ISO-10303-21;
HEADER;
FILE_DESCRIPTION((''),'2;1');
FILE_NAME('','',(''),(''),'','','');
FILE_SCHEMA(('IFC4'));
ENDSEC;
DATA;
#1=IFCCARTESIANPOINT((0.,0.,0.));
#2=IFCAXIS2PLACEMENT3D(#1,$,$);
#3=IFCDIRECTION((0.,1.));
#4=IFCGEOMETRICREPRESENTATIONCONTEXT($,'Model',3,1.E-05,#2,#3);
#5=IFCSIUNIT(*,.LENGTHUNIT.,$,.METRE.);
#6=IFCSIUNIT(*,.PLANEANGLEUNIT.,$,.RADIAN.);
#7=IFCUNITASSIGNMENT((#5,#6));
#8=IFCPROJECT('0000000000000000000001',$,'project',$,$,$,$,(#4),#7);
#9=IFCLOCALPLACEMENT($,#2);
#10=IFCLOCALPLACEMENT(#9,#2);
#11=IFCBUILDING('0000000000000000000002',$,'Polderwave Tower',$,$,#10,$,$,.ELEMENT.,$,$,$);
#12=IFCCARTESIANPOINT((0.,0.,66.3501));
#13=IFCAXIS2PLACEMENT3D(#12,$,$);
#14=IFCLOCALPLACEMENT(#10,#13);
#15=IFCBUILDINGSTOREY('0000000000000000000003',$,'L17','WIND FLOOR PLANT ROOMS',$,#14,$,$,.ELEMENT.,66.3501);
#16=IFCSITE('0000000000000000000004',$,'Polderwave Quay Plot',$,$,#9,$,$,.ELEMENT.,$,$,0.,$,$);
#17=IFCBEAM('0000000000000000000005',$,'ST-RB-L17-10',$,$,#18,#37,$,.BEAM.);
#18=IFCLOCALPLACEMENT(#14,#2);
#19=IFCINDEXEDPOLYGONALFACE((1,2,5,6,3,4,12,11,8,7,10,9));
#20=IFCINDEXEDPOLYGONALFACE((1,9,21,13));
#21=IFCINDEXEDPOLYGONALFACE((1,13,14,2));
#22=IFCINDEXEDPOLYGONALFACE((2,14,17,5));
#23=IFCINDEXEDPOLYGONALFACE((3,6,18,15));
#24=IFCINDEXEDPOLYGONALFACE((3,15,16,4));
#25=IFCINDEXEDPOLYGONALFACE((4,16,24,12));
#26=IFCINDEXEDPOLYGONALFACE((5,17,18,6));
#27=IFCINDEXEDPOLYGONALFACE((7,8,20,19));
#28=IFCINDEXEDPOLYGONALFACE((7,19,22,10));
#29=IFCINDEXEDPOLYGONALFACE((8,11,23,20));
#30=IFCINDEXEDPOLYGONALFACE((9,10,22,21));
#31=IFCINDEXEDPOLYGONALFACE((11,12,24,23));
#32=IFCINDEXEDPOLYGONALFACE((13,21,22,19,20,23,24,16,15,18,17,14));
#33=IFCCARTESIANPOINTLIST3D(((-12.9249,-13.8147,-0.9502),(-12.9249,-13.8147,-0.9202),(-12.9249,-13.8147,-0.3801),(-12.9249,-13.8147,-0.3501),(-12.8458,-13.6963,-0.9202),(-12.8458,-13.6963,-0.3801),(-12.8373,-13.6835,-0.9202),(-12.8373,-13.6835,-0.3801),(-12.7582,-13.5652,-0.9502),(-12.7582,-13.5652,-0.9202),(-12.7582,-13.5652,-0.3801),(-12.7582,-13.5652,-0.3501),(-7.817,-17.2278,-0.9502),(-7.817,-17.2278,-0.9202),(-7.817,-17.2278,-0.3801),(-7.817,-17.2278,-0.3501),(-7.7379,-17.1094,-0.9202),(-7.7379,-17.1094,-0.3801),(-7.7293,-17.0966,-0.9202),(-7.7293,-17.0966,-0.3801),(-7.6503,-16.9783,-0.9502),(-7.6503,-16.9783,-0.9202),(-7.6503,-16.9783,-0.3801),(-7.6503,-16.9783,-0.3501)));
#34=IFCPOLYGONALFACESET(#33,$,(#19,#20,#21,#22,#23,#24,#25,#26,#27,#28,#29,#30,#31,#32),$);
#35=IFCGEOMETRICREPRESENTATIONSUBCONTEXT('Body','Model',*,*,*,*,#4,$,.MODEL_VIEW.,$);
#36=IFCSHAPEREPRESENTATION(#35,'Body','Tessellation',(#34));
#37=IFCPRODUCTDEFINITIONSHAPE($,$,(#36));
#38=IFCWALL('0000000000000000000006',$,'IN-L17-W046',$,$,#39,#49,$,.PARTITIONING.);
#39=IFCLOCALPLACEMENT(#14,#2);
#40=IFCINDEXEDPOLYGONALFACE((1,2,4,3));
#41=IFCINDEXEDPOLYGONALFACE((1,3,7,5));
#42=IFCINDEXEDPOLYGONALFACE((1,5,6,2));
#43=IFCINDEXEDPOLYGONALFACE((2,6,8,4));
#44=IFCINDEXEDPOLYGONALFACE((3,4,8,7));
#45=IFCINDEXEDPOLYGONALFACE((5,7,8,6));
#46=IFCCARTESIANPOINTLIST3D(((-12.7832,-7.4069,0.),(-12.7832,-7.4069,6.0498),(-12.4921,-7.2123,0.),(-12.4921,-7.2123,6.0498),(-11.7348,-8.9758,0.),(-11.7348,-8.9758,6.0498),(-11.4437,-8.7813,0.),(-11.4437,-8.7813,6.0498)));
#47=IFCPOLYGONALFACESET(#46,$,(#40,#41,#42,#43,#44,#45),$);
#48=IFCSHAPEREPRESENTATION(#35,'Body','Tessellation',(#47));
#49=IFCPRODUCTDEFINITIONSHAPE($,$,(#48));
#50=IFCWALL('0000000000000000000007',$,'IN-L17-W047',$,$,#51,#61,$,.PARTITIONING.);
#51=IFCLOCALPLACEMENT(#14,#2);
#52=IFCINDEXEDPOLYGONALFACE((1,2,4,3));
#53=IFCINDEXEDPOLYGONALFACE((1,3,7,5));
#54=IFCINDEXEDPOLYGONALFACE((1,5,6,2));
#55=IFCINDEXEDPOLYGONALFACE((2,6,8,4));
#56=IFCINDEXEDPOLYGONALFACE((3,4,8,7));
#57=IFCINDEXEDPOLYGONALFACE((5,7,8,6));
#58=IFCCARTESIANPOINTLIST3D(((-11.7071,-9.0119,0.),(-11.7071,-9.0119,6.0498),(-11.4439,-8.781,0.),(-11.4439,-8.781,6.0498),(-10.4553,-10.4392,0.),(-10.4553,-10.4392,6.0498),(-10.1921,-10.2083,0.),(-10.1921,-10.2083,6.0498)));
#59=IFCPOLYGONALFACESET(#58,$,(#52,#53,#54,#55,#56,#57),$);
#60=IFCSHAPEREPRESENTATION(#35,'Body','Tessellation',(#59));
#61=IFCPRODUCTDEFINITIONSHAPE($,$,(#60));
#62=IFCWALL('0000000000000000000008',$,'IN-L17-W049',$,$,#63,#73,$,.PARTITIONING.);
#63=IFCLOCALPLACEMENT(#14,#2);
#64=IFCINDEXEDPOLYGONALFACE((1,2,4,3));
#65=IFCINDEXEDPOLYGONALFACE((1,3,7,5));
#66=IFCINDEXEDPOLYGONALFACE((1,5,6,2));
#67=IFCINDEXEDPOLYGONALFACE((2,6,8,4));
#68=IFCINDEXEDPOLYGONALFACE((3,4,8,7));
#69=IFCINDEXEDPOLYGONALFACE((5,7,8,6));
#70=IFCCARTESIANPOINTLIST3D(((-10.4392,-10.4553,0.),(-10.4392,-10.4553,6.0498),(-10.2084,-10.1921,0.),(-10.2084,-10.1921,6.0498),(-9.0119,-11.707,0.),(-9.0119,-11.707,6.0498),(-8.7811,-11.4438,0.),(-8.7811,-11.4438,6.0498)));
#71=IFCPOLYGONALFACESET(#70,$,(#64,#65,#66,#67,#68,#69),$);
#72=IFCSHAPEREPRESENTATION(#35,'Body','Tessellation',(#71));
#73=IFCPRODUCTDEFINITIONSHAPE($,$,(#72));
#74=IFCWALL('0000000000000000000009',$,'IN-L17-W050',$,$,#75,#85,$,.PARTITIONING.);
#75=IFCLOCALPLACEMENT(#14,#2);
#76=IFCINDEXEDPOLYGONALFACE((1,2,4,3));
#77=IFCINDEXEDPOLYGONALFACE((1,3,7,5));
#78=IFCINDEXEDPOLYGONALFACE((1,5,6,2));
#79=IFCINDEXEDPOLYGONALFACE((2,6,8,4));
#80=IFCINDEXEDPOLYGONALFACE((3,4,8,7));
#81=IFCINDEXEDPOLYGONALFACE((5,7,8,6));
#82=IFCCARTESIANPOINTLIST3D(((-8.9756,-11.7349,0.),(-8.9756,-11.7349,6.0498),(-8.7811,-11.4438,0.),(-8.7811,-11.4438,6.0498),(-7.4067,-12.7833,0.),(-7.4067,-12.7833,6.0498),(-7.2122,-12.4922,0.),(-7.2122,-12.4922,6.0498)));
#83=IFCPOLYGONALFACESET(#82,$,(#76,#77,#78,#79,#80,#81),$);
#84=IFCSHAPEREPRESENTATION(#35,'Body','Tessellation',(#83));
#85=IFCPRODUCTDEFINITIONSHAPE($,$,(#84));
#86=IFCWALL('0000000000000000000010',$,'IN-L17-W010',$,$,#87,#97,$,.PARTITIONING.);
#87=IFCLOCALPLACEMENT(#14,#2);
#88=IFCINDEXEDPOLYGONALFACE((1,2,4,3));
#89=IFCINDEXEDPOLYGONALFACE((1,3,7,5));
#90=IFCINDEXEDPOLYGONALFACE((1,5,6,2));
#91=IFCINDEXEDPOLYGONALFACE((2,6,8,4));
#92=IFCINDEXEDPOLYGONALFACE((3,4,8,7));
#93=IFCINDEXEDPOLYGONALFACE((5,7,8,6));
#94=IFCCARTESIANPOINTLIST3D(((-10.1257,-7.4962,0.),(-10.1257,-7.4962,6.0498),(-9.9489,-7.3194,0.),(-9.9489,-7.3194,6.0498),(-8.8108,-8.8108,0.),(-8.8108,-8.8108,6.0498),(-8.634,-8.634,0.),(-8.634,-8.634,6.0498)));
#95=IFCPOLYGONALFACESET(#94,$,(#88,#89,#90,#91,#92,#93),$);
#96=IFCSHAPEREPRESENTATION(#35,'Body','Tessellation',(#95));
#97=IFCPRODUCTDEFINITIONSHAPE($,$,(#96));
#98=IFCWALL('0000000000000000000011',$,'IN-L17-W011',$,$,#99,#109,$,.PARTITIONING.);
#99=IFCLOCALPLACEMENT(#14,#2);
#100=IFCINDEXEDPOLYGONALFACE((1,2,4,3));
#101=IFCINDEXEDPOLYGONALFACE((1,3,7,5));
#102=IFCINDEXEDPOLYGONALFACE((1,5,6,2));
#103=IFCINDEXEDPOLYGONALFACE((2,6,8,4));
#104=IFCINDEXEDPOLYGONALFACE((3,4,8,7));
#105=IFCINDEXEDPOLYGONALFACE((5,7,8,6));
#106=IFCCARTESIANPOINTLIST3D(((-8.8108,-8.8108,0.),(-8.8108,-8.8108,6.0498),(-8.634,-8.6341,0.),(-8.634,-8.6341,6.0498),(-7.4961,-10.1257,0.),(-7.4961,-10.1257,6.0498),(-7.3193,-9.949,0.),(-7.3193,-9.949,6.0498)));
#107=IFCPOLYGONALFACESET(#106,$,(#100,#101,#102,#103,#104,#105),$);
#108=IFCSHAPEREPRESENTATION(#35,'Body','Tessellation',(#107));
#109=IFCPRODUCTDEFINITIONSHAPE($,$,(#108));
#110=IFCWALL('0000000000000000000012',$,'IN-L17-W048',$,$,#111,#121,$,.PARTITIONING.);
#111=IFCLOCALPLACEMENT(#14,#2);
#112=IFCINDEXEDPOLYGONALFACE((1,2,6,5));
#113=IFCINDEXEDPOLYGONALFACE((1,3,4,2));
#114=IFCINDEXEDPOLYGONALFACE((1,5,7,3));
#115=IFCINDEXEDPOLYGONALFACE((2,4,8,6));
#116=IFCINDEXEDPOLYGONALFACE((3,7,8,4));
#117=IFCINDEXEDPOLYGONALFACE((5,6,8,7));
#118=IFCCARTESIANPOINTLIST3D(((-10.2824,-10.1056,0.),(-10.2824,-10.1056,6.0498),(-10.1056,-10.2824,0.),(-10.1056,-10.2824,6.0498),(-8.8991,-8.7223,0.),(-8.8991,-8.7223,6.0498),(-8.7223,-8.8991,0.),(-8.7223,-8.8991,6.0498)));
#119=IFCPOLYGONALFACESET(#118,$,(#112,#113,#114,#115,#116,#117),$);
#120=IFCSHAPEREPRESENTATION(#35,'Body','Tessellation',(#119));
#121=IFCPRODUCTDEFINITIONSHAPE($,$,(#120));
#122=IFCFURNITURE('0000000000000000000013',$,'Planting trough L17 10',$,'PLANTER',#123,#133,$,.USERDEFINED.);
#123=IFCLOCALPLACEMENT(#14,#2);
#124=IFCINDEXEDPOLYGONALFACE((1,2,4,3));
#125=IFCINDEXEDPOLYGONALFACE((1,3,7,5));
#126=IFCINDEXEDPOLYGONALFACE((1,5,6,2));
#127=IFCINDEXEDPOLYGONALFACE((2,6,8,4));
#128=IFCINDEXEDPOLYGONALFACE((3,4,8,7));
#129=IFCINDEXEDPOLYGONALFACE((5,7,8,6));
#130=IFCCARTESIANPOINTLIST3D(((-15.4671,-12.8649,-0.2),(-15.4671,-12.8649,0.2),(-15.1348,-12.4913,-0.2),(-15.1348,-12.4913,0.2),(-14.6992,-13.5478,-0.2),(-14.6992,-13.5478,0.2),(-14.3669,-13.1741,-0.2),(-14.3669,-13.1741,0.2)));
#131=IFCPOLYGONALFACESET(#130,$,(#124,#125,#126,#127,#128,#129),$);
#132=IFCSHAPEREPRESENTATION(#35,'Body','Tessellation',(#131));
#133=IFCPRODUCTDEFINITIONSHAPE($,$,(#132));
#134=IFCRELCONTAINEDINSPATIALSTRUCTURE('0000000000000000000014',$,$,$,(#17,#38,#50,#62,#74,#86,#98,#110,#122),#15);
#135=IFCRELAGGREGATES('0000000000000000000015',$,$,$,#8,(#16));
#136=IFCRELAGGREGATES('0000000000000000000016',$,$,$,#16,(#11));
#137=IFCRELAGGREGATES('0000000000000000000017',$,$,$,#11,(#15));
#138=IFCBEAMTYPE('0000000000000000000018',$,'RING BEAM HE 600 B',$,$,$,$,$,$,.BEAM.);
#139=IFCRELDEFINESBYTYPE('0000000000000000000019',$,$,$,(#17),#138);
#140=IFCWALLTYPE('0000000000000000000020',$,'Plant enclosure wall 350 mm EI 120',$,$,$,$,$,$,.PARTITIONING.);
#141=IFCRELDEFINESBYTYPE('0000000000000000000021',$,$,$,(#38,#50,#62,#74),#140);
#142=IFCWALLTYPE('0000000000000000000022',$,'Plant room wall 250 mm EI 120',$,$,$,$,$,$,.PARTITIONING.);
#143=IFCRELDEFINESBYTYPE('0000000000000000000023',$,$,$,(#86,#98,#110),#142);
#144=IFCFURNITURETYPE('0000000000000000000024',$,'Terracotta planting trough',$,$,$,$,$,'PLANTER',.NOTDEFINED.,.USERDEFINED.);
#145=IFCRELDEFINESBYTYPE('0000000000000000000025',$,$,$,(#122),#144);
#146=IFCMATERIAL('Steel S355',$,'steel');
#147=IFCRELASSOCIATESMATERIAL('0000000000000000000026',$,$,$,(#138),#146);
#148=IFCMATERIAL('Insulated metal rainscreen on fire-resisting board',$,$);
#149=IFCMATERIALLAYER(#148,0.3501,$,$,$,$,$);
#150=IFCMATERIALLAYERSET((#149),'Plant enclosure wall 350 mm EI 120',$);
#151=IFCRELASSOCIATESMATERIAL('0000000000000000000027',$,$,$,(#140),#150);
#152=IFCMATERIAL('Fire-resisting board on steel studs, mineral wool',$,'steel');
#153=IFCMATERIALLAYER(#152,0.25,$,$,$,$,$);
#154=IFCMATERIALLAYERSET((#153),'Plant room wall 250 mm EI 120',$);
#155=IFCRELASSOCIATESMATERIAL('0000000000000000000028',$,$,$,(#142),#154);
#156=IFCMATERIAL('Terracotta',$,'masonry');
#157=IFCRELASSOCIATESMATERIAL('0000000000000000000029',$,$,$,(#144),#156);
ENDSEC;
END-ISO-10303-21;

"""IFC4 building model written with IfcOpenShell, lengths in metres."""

from ifc_helpers import new_model, si_unit, direction, frame, frame_2d, origin, origin_2d, place, context, subcontext, project, spatial, rectangle, i_section, extrude, material, layer, layer_set, material_profile, profile_set, type_object, element, save


model = new_model("IFC4")

# Units and contexts
model_context = context("Model", 3, precision=1e-05, world=origin(), true_north=direction((0.0, 1.0)))
body_context = subcontext(model_context, "Body", "Model", "MODEL_VIEW")
ifc_project = project(units=[si_unit("LENGTHUNIT", "METRE"), si_unit("PLANEANGLEUNIT", "RADIAN")], contexts=[model_context])

# Site, building, storey
site_placement = place(None, origin())
site = spatial("IfcSite", under=ifc_project, at=site_placement, Name="Polderwave Quay Plot", CompositionType="ELEMENT", RefElevation=0.0)
building_placement = place(site_placement, origin())
building = spatial("IfcBuilding", under=site, at=building_placement, Name="Polderwave Tower", CompositionType="ELEMENT")
storey_placement = place(building_placement, frame((0.0, 0.0, 66.3501)))
storey = spatial("IfcBuildingStorey", under=building, at=storey_placement, Name="L17", Description="WIND FLOOR PLANT ROOMS", CompositionType="ELEMENT", Elevation=66.3501)

# Beam
ifc_material_1 = material(Name="Steel S355", Category="steel")
ifc_material_profile_1 = material_profile(ifc_material_1, i_section(OverallWidth=0.3, OverallDepth=0.6001, WebThickness=0.0154, FlangeThickness=0.03, at=origin_2d()), Name="HE 600 B")
ifc_profile_set_1 = profile_set([ifc_material_profile_1], Name="Steel S355")
beam_type = type_object("IfcBeamType", Name="RING BEAM HE 600 B", PredefinedType="BEAM", material=ifc_profile_set_1)
beam_placement = place(storey_placement, frame((-12.8416, -13.6899, -0.6501), z_axis=(0.831463, -0.55558, 0.0), x_axis=(0.55558, 0.831463, 0.0)))
element("IfcBeam", 1, at=beam_placement, inside=storey, type_object=beam_type, Name="ST-RB-L17-10", PredefinedType="BEAM", context=body_context, shape_type="SweptSolid", body=[
    extrude(i_section(OverallWidth=0.3, OverallDepth=0.6001, WebThickness=0.0154, FlangeThickness=0.03, at=origin_2d()), origin(), (0.0, 0.0, 1.0), 6.1433),
])

# Walls
ifc_material_2 = material(Name="Insulated metal rainscreen on fire-resisting board")
ifc_layer_1 = layer(ifc_material_2, 0.3501)
ifc_layer_set_1 = layer_set([ifc_layer_1], Name="Plant enclosure wall 350 mm EI 120")
wall_type_1 = type_object("IfcWallType", Name="Plant enclosure wall 350 mm EI 120", PredefinedType="PARTITIONING", material=ifc_layer_set_1)
wall_1_placement = place(storey_placement, frame((-11.5894, -8.8784, 0.0), z_axis=(0.0, 0.0, 1.0), x_axis=(-0.555596, 0.831453, 0.0)))
element("IfcWall", 2, at=wall_1_placement, inside=storey, type_object=wall_type_1, Name="IN-L17-W046", PredefinedType="PARTITIONING", context=body_context, shape_type="SweptSolid", body=[
    extrude(rectangle(XDim=1.887, YDim=0.3501, at=frame_2d((0.9434, 0.0))), origin(), (0.0, 0.0, 1.0), 6.0498),
])
for number, where, z_axis, x_axis, name in (
    (3, (-10.3237, -10.3237, 0.0), (0.0, 0.0, 1.0), (-0.65936, 0.751827, 0.0), "IN-L17-W047"),
    (4, (-8.8965, -11.5754, 0.0), (0.0, 0.0, 1.0), (-0.751827, 0.65936, 0.0), "IN-L17-W049"),
):
    element("IfcWall", number, at=place(storey_placement, frame(where, z_axis=z_axis, x_axis=x_axis)), inside=storey, type_object=wall_type_1, Name=name, PredefinedType="PARTITIONING", context=body_context, shape_type="SweptSolid", body=[
        extrude(rectangle(XDim=1.8984, YDim=0.3501, at=frame_2d((0.9492, 0.0))), origin(), (0.0, 0.0, 1.0), 6.0498),
    ])
wall_2_placement = place(storey_placement, frame((-7.3096, -12.6377, 0.0), z_axis=(0.0, 0.0, 1.0), x_axis=(-0.831453, 0.555596, 0.0)))
element("IfcWall", 5, at=wall_2_placement, inside=storey, type_object=wall_type_1, Name="IN-L17-W050", PredefinedType="PARTITIONING", context=body_context, shape_type="SweptSolid", body=[
    extrude(rectangle(XDim=1.887, YDim=0.3501, at=frame_2d((0.9434, 0.0))), origin(), (0.0, 0.0, 1.0), 6.0498),
])
ifc_material_3 = material(Name="Fire-resisting board on steel studs, mineral wool", Category="steel")
ifc_layer_2 = layer(ifc_material_3, 0.25)
ifc_layer_set_2 = layer_set([ifc_layer_2], Name="Plant room wall 250 mm EI 120")
wall_type_2 = type_object("IfcWallType", Name="Plant room wall 250 mm EI 120", PredefinedType="PARTITIONING", material=ifc_layer_set_2)
for number, where, z_axis, x_axis, name in (
    (6, (-8.7224, -8.7224, 0.0), (0.0, 0.0, 1.0), (-0.707172, 0.707041, 0.0), "IN-L17-W010"),
    (7, (-7.4077, -10.0374, 0.0), (0.0, 0.0, 1.0), (-0.707041, 0.707172, 0.0), "IN-L17-W011"),
):
    element("IfcWall", number, at=place(storey_placement, frame(where, z_axis=z_axis, x_axis=x_axis)), inside=storey, type_object=wall_type_2, Name=name, PredefinedType="PARTITIONING", context=body_context, shape_type="SweptSolid", body=[
        extrude(rectangle(XDim=1.8594, YDim=0.25, at=frame_2d((0.9297, 0.0))), origin(), (0.0, 0.0, 1.0), 6.0498),
    ])
wall_3_placement = place(storey_placement, frame((-8.8108, -8.8108, 0.0), z_axis=(0.0, 0.0, 1.0), x_axis=(-0.707107, -0.707107, 0.0)))
element("IfcWall", 8, at=wall_3_placement, inside=storey, type_object=wall_type_2, Name="IN-L17-W048", PredefinedType="PARTITIONING", context=body_context, shape_type="SweptSolid", body=[
    extrude(rectangle(XDim=1.9563, YDim=0.25, at=frame_2d((0.978, 0.0))), origin(), (0.0, 0.0, 1.0), 6.0498),
])

# Furniture
ifc_material_4 = material(Name="Terracotta", Category="masonry")
furniture_type = type_object("IfcFurnitureType", Name="Terracotta planting trough", ElementType="PLANTER", AssemblyPlace="NOTDEFINED", PredefinedType="USERDEFINED", material=ifc_material_4)
furniture_placement = place(storey_placement, frame((-14.917, -13.0195, -0.2), z_axis=(0.0, 0.0, 1.0), x_axis=(0.7473, -0.664487, 0.0)))
element("IfcFurniture", 9, at=furniture_placement, inside=storey, type_object=furniture_type, Name="Planting trough L17 10", ObjectType="PLANTER", PredefinedType="USERDEFINED", context=body_context, shape_type="SweptSolid", body=[
    extrude(rectangle(XDim=1.0276, YDim=0.5, at=origin_2d()), origin(), (0.0, 0.0, 1.0), 0.3999),
])

save(model, "model.ifc")
